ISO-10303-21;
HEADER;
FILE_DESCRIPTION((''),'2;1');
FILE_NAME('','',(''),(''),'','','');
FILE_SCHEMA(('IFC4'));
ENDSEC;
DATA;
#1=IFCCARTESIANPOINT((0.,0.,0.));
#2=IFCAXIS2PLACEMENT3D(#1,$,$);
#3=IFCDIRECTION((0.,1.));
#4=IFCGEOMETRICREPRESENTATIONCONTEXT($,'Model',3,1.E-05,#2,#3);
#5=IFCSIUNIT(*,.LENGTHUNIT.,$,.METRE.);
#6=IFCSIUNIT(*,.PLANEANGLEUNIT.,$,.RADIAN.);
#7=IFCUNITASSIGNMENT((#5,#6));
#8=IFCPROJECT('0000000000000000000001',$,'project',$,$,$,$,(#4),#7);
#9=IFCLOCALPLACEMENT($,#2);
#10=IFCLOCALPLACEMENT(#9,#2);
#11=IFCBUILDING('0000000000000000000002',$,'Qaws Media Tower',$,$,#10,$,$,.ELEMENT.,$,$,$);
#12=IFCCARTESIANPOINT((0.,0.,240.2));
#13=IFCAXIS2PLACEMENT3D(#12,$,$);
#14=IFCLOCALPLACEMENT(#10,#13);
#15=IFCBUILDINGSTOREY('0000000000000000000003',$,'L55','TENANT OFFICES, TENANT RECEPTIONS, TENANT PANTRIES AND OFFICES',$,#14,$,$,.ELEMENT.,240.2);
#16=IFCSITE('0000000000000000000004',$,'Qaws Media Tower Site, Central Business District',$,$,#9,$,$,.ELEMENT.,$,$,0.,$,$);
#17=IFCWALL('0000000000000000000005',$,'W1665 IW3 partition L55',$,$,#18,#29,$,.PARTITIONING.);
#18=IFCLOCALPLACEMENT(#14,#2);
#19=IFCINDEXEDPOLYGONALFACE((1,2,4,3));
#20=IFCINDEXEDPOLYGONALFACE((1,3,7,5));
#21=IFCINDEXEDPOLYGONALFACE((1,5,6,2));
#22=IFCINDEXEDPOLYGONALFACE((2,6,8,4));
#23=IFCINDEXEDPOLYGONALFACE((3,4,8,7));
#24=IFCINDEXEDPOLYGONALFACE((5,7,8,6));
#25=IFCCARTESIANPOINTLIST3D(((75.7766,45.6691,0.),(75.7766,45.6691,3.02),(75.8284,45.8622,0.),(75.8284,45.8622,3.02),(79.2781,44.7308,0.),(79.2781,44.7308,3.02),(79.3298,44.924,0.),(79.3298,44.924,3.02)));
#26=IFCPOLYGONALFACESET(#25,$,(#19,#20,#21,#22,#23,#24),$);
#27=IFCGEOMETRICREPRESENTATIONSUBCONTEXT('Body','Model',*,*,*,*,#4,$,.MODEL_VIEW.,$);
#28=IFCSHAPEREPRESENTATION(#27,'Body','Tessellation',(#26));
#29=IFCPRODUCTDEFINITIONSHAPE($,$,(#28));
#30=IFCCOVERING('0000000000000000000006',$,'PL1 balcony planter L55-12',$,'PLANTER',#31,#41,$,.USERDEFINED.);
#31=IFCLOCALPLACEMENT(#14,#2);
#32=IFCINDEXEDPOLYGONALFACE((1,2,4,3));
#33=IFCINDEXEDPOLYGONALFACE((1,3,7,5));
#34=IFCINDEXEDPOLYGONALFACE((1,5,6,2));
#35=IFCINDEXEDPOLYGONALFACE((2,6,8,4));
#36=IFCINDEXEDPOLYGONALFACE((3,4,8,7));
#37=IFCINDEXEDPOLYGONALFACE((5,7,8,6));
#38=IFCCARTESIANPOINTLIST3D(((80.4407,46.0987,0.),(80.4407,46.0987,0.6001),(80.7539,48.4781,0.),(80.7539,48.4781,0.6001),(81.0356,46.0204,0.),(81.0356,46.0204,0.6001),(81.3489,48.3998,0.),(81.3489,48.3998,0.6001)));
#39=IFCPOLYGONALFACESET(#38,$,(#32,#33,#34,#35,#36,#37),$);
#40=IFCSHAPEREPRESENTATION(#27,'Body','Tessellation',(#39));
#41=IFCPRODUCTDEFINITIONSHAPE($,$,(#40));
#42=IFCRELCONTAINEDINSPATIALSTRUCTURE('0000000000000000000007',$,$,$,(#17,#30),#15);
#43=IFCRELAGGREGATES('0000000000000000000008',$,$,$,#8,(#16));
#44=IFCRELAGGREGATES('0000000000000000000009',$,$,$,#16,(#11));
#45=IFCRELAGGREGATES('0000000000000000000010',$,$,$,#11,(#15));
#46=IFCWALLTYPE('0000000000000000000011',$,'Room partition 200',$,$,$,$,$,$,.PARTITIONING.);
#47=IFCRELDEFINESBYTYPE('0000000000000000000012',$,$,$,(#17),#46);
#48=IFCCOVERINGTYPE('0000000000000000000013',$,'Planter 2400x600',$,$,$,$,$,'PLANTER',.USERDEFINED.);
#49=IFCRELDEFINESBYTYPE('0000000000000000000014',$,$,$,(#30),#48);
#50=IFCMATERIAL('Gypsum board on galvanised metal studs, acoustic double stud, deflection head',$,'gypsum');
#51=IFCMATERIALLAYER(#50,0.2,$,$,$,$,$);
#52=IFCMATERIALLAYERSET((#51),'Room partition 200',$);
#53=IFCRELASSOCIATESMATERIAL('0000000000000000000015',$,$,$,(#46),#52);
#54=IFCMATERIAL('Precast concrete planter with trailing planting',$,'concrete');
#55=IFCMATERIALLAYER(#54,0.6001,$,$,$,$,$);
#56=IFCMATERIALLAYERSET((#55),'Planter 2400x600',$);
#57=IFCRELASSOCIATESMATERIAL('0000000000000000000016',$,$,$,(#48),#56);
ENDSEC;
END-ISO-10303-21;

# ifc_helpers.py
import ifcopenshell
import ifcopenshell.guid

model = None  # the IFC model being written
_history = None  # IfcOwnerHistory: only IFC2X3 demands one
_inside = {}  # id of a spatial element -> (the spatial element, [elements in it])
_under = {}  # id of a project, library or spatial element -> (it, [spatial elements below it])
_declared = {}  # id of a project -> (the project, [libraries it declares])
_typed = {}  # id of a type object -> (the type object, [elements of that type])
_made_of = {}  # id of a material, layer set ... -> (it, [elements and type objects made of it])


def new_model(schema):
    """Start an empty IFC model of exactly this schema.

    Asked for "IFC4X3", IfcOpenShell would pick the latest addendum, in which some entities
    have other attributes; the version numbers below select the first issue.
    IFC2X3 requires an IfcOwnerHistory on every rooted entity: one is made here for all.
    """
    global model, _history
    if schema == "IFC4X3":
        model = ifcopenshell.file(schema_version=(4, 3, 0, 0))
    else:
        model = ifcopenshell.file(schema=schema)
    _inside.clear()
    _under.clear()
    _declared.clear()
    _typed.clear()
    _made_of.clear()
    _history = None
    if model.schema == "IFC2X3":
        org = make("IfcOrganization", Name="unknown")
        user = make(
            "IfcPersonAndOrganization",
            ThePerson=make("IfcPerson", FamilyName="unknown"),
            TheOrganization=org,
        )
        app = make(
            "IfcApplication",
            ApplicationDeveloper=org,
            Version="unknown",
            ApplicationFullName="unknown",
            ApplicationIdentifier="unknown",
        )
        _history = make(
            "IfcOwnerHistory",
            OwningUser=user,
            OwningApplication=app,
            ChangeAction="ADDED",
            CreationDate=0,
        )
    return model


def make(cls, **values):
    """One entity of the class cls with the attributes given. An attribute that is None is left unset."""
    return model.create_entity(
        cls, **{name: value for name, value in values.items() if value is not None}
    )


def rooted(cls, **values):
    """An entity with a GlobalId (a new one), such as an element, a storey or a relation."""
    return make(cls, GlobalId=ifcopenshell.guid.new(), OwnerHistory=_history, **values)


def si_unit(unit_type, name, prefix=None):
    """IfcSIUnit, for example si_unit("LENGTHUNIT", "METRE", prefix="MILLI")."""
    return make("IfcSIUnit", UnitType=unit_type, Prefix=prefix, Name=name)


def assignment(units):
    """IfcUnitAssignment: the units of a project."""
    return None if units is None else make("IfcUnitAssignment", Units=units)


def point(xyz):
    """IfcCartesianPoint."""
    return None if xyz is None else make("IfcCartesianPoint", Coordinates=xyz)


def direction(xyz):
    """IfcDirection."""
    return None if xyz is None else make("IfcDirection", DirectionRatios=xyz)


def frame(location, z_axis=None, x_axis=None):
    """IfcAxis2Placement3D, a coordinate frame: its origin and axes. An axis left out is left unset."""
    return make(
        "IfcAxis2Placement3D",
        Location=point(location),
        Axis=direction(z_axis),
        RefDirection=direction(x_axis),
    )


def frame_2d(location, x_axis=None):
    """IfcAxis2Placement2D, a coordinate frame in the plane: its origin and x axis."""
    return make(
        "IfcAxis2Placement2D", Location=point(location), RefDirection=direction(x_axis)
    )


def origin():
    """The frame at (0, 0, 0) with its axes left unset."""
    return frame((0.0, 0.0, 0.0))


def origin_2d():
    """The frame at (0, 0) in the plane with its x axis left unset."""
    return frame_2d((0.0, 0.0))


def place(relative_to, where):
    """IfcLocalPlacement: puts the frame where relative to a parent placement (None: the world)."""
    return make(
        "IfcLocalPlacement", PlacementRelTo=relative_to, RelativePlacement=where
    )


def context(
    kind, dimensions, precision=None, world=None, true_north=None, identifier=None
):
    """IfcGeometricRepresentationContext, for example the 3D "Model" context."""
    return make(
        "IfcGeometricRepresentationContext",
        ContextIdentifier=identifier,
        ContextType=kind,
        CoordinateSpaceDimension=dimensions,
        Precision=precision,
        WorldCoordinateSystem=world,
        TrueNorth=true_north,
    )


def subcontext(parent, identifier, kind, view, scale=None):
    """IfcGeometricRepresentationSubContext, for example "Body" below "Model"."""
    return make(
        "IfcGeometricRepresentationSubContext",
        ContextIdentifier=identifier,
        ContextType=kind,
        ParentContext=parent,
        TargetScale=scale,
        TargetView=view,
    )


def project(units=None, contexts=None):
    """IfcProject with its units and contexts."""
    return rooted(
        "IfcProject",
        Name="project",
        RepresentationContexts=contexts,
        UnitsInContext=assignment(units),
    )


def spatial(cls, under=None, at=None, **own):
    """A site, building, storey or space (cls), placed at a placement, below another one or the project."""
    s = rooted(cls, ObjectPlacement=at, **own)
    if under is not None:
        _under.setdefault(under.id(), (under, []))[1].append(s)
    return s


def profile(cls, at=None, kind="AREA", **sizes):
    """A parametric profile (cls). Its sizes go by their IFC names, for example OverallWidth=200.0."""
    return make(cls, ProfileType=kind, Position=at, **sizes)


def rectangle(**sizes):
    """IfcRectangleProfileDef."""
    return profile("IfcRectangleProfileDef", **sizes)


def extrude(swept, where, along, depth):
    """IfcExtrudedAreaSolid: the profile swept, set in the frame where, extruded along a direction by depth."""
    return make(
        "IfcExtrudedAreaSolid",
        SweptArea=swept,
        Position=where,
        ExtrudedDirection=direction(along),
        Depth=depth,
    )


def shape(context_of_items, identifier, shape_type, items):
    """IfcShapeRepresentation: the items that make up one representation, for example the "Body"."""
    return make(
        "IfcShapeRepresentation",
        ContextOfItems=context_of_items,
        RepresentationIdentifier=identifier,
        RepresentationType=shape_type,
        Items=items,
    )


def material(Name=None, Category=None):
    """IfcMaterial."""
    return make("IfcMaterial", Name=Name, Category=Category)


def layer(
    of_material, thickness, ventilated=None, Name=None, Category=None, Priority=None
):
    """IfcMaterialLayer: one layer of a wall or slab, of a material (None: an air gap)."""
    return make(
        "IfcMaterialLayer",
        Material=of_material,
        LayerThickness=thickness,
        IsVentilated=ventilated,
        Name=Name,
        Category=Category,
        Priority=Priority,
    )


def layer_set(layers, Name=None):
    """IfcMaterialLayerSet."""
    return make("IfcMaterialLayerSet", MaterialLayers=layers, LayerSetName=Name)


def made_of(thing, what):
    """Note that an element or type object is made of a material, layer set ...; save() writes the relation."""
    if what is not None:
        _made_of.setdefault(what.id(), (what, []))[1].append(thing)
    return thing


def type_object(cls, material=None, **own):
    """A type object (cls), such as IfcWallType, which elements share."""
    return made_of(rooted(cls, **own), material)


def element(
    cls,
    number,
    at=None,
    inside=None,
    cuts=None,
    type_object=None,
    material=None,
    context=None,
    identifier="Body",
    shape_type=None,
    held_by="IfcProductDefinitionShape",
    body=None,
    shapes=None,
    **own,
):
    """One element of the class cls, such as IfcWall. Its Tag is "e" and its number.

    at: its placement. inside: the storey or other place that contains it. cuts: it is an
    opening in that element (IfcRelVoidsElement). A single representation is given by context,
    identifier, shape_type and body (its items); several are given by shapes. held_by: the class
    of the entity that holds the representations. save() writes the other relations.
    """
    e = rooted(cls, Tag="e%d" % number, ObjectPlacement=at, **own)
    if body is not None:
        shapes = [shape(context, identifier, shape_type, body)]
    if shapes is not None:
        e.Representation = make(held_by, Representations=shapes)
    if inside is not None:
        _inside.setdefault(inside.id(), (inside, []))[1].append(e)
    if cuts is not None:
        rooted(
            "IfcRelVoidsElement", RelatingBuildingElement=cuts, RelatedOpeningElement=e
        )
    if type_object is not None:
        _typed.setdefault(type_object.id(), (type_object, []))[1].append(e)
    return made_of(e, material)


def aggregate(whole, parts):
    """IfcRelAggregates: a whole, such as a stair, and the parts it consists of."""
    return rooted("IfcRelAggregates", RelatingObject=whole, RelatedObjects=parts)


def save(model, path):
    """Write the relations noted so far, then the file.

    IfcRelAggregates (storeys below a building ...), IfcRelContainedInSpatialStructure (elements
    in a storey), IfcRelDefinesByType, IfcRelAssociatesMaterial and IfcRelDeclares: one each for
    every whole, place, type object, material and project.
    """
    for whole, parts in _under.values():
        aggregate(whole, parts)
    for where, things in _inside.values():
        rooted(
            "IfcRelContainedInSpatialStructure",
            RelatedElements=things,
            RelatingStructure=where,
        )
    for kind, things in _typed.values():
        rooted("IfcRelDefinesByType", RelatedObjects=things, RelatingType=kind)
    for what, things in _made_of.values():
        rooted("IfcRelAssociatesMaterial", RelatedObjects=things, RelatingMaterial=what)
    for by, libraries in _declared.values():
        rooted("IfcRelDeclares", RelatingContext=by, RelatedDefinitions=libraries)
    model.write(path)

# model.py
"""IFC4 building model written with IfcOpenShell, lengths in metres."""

from ifc_helpers import new_model, si_unit, direction, frame, frame_2d, origin, origin_2d, place, context, subcontext, project, spatial, rectangle, extrude, material, layer, layer_set, type_object, element, save


model = new_model("IFC4")

# Units and contexts
model_context = context("Model", 3, precision=1e-05, world=origin(), true_north=direction((0.0, 1.0)))
body_context = subcontext(model_context, "Body", "Model", "MODEL_VIEW")
ifc_project = project(units=[si_unit("LENGTHUNIT", "METRE"), si_unit("PLANEANGLEUNIT", "RADIAN")], contexts=[model_context])

# Site, building, storey
site_placement = place(None, origin())
site = spatial("IfcSite", under=ifc_project, at=site_placement, Name="Qaws Media Tower Site, Central Business District", CompositionType="ELEMENT", RefElevation=0.0)
building_placement = place(site_placement, origin())
building = spatial("IfcBuilding", under=site, at=building_placement, Name="Qaws Media Tower", CompositionType="ELEMENT")
storey_placement = place(building_placement, frame((0.0, 0.0, 240.2)))
storey = spatial("IfcBuildingStorey", under=building, at=storey_placement, Name="L55", Description="TENANT OFFICES, TENANT RECEPTIONS, TENANT PANTRIES AND OFFICES", CompositionType="ELEMENT", Elevation=240.2)

# Shared definitions
ifc_material_1 = material(Name="Gypsum board on galvanised metal studs, acoustic double stud, deflection head", Category="gypsum")
ifc_layer_1 = layer(ifc_material_1, 0.2)
ifc_layer_set_1 = layer_set([ifc_layer_1], Name="Room partition 200")
wall_type_1 = type_object("IfcWallType", Name="Room partition 200", PredefinedType="PARTITIONING", material=ifc_layer_set_1)

# Wall
wall_1_placement = place(storey_placement, frame((75.8025, 45.7656, 0.0), z_axis=(0.0, 0.0, 1.0), x_axis=(0.965925, -0.258824, 0.0)))
element("IfcWall", 1, at=wall_1_placement, inside=storey, type_object=wall_type_1, Name="W1665 IW3 partition L55", PredefinedType="PARTITIONING", context=body_context, shape_type="SweptSolid", body=[
    extrude(rectangle(XDim=3.625, YDim=0.2, at=frame_2d((1.8125, 0.0))), origin(), (0.0, 0.0, 1.0), 3.02),
])

# Covering
ifc_material_2 = material(Name="Precast concrete planter with trailing planting", Category="concrete")
ifc_layer_2 = layer(ifc_material_2, 0.6001)
ifc_layer_set_2 = layer_set([ifc_layer_2], Name="Planter 2400x600")
covering_type = type_object("IfcCoveringType", Name="Planter 2400x600", ElementType="PLANTER", PredefinedType="USERDEFINED", material=ifc_layer_set_2)
covering_placement = place(storey_placement, frame((80.8948, 47.2493, 0.0), z_axis=(0.0, 0.0, 1.0), x_axis=(0.130526, 0.991445, 0.0)))
element("IfcCovering", 2, at=covering_placement, inside=storey, type_object=covering_type, Name="PL1 balcony planter L55-12", ObjectType="PLANTER", PredefinedType="USERDEFINED", context=body_context, shape_type="SweptSolid", body=[
    extrude(rectangle(XDim=2.3999, YDim=0.6001, at=origin_2d()), origin(), (0.0, 0.0, 1.0), 0.6001),
])

save(model, "model.ifc")
